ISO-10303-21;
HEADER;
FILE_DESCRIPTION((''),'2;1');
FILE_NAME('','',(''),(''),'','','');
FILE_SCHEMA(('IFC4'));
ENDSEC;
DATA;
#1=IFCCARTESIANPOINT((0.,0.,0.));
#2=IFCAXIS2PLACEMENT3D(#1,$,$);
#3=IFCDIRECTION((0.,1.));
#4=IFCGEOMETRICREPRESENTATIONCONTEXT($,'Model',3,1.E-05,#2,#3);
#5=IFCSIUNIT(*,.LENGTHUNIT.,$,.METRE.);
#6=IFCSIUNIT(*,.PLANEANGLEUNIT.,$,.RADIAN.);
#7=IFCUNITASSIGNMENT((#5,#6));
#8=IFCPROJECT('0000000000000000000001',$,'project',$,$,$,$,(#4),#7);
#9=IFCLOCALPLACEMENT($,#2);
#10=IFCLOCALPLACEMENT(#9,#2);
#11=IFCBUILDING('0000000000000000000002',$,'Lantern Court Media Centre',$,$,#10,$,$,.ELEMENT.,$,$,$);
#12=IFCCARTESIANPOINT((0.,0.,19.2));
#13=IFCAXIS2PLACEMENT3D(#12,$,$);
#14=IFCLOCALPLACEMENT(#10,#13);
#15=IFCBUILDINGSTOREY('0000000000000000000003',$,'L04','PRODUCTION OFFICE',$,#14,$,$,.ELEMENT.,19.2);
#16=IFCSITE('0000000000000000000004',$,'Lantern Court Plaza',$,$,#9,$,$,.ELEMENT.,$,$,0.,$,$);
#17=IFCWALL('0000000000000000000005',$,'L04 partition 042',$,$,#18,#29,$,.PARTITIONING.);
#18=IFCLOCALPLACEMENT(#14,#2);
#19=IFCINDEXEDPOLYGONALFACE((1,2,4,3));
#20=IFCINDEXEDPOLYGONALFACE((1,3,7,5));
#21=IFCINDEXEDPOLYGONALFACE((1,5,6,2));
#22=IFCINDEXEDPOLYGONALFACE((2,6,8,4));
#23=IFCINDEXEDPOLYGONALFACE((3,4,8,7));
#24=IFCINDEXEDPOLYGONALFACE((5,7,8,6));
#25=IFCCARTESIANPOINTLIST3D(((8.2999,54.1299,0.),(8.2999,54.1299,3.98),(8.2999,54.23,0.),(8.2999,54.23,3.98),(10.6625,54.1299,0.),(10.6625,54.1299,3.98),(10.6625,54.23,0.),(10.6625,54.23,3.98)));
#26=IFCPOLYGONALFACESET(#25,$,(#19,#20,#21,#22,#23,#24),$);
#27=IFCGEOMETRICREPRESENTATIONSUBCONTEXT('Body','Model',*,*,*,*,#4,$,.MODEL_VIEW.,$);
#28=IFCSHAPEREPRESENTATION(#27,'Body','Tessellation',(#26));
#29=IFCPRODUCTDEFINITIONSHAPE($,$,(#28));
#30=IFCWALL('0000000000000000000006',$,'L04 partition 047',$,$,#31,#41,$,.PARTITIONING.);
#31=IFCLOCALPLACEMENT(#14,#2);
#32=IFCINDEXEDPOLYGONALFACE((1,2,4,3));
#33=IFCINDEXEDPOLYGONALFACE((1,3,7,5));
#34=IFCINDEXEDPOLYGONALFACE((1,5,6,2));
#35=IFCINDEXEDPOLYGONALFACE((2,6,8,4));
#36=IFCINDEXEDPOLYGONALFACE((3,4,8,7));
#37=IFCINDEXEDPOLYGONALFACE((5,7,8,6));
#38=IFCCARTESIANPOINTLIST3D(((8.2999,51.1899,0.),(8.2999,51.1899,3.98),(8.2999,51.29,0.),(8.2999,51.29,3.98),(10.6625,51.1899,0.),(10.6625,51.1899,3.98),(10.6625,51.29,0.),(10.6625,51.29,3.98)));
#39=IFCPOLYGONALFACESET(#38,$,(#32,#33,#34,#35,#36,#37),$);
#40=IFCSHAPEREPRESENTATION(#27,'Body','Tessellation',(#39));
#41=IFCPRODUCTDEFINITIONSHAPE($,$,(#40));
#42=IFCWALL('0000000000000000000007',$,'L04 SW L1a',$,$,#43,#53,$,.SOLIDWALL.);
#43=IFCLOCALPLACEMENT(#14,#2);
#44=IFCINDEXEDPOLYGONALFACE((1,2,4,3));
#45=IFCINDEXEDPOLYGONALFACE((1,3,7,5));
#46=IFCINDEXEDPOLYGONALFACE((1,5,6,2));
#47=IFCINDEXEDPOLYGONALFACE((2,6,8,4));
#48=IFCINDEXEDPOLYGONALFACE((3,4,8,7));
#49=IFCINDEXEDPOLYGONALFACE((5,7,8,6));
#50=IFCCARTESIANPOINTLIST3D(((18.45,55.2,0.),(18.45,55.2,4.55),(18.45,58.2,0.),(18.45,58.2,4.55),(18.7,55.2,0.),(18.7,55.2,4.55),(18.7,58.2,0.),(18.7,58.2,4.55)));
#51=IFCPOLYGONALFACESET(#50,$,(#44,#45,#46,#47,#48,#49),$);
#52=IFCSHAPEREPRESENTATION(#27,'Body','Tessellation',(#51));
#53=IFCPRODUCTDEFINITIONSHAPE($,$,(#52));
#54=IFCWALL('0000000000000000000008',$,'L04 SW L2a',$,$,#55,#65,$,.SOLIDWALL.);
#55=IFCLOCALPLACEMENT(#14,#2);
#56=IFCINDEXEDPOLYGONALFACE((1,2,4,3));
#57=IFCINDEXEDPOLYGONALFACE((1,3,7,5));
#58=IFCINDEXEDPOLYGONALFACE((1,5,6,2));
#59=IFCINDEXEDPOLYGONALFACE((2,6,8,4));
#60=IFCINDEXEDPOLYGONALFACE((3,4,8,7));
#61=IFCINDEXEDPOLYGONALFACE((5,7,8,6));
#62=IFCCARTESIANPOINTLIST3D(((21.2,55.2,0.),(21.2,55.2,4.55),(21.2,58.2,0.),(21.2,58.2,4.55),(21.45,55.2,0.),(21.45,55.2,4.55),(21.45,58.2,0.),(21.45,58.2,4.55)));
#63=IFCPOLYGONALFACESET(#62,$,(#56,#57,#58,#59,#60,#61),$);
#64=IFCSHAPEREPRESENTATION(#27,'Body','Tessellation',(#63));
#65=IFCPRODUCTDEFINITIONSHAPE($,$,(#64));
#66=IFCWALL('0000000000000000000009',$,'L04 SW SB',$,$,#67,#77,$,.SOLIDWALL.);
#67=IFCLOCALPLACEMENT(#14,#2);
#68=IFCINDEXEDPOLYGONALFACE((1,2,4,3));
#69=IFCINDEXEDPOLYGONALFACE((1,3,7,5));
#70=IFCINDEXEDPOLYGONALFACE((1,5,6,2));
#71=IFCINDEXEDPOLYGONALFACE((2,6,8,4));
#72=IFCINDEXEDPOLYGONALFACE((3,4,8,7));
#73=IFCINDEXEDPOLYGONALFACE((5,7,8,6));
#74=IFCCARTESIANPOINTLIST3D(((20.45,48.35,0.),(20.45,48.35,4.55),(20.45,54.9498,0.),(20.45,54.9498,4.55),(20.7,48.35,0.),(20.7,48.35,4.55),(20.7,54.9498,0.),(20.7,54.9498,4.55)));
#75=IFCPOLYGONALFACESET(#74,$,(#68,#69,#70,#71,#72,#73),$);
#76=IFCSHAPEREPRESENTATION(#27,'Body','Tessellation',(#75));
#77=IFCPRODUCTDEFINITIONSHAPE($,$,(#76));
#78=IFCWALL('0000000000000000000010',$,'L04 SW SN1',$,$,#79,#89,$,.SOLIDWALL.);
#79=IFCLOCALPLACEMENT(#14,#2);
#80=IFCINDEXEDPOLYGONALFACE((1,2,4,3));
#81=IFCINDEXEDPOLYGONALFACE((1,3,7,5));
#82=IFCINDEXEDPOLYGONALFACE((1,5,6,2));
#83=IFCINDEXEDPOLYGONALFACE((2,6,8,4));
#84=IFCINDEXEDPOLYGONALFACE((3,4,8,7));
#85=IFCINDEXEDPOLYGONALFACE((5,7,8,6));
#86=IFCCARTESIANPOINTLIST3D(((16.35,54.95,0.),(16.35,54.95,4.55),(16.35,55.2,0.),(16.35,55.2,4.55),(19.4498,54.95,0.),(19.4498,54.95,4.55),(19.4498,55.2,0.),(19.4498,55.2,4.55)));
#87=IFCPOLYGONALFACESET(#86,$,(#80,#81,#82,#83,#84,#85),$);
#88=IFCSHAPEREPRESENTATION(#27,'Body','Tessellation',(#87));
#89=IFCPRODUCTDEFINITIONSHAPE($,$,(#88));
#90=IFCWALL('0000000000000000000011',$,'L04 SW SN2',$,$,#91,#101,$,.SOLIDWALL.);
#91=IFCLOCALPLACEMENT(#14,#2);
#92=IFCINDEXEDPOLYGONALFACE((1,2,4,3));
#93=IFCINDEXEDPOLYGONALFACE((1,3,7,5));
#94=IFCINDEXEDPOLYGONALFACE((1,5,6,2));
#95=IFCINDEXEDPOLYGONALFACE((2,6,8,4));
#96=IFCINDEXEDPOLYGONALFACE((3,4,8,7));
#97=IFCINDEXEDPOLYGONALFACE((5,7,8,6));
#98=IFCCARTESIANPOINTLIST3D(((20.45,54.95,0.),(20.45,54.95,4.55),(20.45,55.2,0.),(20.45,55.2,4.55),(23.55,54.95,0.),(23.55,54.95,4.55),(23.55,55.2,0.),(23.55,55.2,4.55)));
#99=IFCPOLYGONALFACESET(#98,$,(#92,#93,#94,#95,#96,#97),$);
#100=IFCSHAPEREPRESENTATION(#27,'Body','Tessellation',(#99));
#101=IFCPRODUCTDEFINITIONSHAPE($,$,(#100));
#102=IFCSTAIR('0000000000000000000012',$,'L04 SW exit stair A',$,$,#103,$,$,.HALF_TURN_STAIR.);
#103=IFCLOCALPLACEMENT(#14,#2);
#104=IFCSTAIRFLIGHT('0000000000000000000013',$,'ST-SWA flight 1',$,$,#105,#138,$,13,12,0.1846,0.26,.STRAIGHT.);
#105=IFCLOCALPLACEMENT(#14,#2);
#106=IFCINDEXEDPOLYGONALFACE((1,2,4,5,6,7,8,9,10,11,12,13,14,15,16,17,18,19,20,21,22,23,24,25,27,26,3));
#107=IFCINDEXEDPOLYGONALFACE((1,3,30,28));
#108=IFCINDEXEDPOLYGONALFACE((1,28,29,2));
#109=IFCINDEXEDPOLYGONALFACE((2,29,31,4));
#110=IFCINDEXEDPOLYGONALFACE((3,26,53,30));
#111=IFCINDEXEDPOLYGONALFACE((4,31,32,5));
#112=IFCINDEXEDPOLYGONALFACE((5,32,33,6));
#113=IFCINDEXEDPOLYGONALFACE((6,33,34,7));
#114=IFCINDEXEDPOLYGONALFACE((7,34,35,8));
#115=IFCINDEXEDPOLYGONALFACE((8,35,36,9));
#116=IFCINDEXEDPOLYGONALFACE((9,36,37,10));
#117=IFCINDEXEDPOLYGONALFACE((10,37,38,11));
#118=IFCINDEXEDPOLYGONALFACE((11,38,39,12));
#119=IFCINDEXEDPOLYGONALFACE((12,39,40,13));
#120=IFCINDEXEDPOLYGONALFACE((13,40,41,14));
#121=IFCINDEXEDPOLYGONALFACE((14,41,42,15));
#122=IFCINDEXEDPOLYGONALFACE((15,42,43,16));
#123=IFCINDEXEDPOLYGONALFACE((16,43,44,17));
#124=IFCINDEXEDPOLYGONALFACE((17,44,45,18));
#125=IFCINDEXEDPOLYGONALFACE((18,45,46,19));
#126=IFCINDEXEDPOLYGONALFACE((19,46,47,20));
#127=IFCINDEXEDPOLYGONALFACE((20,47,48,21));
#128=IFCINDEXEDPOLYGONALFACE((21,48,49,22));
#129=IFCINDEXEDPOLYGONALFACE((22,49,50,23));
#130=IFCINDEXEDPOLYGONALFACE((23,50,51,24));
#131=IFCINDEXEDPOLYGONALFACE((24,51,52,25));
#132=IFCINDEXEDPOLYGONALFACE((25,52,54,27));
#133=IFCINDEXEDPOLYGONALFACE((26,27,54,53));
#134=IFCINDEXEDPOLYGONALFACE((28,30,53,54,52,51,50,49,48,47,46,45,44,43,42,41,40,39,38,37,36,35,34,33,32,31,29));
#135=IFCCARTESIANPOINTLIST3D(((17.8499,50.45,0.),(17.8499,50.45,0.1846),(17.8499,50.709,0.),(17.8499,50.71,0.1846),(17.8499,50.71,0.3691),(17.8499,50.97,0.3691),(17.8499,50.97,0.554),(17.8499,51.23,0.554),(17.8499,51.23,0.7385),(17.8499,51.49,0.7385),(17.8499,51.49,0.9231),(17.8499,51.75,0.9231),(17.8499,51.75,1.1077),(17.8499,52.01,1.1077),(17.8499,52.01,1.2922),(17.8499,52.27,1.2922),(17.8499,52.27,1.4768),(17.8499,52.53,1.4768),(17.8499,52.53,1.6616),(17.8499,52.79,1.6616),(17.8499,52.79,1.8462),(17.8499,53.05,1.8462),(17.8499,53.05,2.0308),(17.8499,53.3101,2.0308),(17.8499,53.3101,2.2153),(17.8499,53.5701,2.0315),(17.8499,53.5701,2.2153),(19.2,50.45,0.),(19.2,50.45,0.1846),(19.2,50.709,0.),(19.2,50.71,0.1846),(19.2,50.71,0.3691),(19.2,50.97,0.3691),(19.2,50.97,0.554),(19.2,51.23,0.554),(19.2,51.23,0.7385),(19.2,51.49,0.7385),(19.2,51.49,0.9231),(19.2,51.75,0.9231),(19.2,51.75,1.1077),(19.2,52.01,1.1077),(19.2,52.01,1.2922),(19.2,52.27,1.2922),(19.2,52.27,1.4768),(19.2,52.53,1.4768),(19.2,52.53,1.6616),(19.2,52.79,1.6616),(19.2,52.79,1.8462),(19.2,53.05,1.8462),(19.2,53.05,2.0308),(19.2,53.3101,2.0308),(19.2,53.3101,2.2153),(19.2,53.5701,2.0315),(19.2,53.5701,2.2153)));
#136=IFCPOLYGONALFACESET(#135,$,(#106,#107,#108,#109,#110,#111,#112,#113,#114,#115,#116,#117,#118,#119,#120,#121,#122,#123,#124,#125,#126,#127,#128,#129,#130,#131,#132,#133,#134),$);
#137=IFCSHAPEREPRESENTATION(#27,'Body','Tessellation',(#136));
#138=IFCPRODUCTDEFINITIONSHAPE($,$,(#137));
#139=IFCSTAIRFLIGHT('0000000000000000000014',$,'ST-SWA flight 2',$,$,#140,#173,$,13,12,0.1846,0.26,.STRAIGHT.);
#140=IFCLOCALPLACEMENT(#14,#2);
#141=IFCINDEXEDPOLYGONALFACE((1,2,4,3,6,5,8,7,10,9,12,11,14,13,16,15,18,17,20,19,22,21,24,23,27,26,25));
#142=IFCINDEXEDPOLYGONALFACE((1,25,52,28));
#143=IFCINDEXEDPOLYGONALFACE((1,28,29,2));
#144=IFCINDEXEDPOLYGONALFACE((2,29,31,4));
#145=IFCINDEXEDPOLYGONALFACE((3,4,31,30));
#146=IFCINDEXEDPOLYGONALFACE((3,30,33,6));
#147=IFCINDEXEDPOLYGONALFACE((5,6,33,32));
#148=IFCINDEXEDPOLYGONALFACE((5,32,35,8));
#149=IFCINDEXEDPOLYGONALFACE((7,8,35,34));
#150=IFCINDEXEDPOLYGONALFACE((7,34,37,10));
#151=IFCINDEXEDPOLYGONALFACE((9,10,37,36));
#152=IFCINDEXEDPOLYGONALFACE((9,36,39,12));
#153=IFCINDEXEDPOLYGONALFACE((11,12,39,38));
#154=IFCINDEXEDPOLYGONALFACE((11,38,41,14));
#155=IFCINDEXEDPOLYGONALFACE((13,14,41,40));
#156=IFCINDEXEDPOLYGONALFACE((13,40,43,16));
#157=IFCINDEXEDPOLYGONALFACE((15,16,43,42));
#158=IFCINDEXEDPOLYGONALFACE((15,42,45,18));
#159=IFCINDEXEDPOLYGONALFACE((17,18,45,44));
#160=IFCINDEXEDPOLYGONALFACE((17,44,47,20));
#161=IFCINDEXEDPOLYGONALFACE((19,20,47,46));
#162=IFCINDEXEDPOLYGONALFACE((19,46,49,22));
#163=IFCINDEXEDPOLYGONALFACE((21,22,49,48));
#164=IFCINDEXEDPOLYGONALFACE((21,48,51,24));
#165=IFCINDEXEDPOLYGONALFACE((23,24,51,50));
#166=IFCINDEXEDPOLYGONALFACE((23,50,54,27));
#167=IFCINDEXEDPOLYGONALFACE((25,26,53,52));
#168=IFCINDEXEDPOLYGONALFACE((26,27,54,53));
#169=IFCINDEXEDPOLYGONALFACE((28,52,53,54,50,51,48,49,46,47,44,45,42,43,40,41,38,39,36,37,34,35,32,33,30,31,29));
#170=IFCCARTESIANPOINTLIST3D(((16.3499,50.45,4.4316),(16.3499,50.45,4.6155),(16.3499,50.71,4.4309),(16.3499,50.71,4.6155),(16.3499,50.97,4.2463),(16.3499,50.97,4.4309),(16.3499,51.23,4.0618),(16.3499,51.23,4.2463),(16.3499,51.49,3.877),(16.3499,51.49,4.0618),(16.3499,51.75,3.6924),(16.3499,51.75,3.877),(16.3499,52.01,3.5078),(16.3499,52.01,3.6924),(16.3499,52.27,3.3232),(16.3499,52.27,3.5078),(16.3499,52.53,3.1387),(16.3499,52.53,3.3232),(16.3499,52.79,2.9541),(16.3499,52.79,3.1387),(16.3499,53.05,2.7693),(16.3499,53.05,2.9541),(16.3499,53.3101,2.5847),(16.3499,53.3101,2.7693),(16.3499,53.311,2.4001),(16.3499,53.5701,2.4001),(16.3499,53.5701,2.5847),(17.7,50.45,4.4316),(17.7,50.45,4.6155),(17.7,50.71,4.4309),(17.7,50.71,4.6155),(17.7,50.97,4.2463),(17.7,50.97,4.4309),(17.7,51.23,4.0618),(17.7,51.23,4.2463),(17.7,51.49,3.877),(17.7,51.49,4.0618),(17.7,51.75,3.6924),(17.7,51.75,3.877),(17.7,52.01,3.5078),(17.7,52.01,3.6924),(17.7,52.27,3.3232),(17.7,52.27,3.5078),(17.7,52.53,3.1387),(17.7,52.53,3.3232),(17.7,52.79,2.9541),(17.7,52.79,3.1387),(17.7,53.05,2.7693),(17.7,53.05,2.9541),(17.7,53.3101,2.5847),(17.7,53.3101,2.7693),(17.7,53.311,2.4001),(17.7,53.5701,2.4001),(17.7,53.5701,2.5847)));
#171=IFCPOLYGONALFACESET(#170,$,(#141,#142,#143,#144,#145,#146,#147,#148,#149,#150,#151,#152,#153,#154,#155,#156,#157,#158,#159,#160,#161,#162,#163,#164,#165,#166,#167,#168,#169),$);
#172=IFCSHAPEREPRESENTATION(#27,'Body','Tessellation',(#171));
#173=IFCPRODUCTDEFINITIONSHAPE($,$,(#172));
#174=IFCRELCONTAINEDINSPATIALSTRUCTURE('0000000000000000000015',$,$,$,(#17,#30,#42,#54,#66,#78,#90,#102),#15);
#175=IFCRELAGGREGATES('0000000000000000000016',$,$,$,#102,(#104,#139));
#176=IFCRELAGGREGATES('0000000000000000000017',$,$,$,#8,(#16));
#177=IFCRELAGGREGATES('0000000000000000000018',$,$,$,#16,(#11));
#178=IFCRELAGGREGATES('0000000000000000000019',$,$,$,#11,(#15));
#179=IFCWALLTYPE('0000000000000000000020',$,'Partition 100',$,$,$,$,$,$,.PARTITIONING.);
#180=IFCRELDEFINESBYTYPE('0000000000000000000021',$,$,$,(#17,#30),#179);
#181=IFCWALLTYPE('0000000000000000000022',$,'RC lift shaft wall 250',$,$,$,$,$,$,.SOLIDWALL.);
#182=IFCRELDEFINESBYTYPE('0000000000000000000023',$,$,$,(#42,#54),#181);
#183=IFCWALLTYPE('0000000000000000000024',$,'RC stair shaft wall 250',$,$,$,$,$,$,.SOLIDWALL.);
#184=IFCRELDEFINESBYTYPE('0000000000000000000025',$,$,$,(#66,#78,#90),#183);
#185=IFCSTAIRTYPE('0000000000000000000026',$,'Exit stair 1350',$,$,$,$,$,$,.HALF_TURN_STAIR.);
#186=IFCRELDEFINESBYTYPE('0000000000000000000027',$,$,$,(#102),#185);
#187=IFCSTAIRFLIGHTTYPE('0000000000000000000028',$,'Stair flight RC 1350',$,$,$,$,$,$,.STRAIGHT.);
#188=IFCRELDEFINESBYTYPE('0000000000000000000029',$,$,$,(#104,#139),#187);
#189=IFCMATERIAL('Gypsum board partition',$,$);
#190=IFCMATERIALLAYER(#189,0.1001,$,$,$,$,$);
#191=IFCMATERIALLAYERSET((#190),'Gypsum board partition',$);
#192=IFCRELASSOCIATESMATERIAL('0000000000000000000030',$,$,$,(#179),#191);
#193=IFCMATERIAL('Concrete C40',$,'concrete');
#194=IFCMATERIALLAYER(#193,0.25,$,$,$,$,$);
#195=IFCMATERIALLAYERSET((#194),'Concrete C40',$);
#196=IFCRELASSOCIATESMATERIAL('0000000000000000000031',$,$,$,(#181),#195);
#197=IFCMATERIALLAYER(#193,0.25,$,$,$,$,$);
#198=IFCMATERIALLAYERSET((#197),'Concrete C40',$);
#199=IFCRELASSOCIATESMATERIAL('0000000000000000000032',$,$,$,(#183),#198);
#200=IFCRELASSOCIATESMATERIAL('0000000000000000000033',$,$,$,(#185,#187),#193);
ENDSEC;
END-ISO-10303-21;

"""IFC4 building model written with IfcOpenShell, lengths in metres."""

from ifc_helpers import new_model, si_unit, direction, frame, frame_2d, origin, place, context, subcontext, project, spatial, polyline, rectangle, outline, extrude, material, layer, layer_set, type_object, element, aggregate, save


model = new_model("IFC4")

# Units and contexts
model_context = context("Model", 3, precision=1e-05, world=origin(), true_north=direction((0.0, 1.0)))
body_context = subcontext(model_context, "Body", "Model", "MODEL_VIEW")
ifc_project = project(units=[si_unit("LENGTHUNIT", "METRE"), si_unit("PLANEANGLEUNIT", "RADIAN")], contexts=[model_context])

# Site, building, storey
site_placement = place(None, origin())
site = spatial("IfcSite", under=ifc_project, at=site_placement, Name="Lantern Court Plaza", CompositionType="ELEMENT", RefElevation=0.0)
building_placement = place(site_placement, origin())
building = spatial("IfcBuilding", under=site, at=building_placement, Name="Lantern Court Media Centre", CompositionType="ELEMENT")
storey_placement = place(building_placement, frame((0.0, 0.0, 19.2)))
storey = spatial("IfcBuildingStorey", under=building, at=storey_placement, Name="L04", Description="PRODUCTION OFFICE", CompositionType="ELEMENT", Elevation=19.2)

# Shared definitions
ifc_material_1 = material(Name="Gypsum board partition")

# Walls
ifc_layer_1 = layer(ifc_material_1, 0.1001)
ifc_layer_set_1 = layer_set([ifc_layer_1], Name="Gypsum board partition")
wall_type_1 = type_object("IfcWallType", Name="Partition 100", PredefinedType="PARTITIONING", material=ifc_layer_set_1)
for number, where, z_axis, x_axis, name in (
    (1, (8.3, 54.1799, 0.0), (0.0, 0.0, 1.0), (1.0, 0.0, 0.0), "L04 partition 042"),
    (2, (8.3, 51.24, 0.0), (0.0, 0.0, 1.0), (1.0, 0.0, 0.0), "L04 partition 047"),
):
    element("IfcWall", number, at=place(storey_placement, frame(where, z_axis=z_axis, x_axis=x_axis)), inside=storey, type_object=wall_type_1, Name=name, PredefinedType="PARTITIONING", context=body_context, shape_type="SweptSolid", body=[
        extrude(rectangle(XDim=2.3625, YDim=0.1001, at=frame_2d((1.1812, 0.0))), origin(), (0.0, 0.0, 1.0), 3.98),
    ])
ifc_material_2 = material(Name="Concrete C40", Category="concrete")
ifc_layer_2 = layer(ifc_material_2, 0.25)
ifc_layer_set_2 = layer_set([ifc_layer_2], Name="Concrete C40")
wall_type_2 = type_object("IfcWallType", Name="RC lift shaft wall 250", PredefinedType="SOLIDWALL", material=ifc_layer_set_2)
for number, where, z_axis, x_axis, name in (
    (3, (18.575, 55.2, 0.0), (0.0, 0.0, 1.0), (0.0, 1.0, 0.0), "L04 SW L1a"),
    (4, (21.325, 55.2, 0.0), (0.0, 0.0, 1.0), (0.0, 1.0, 0.0), "L04 SW L2a"),
):
    element("IfcWall", number, at=place(storey_placement, frame(where, z_axis=z_axis, x_axis=x_axis)), inside=storey, type_object=wall_type_2, Name=name, PredefinedType="SOLIDWALL", context=body_context, shape_type="SweptSolid", body=[
        extrude(rectangle(XDim=3.0, YDim=0.25, at=frame_2d((1.5, 0.0))), origin(), (0.0, 0.0, 1.0), 4.55),
    ])
ifc_layer_3 = layer(ifc_material_2, 0.25)
ifc_layer_set_3 = layer_set([ifc_layer_3], Name="Concrete C40")
wall_type_3 = type_object("IfcWallType", Name="RC stair shaft wall 250", PredefinedType="SOLIDWALL", material=ifc_layer_set_3)
wall_1_placement = place(storey_placement, frame((20.575, 48.3501, 0.0), z_axis=(0.0, 0.0, 1.0), x_axis=(0.0, 1.0, 0.0)))
element("IfcWall", 5, at=wall_1_placement, inside=storey, type_object=wall_type_3, Name="L04 SW SB", PredefinedType="SOLIDWALL", context=body_context, shape_type="SweptSolid", body=[
    extrude(rectangle(XDim=6.5999, YDim=0.25, at=frame_2d((3.2998, 0.0))), origin(), (0.0, 0.0, 1.0), 4.55),
])
wall_2_placement = place(storey_placement, frame((16.3501, 55.075, 0.0), z_axis=(0.0, 0.0, 1.0), x_axis=(1.0, 0.0, 0.0)))
element("IfcWall", 6, at=wall_2_placement, inside=storey, type_object=wall_type_3, Name="L04 SW SN1", PredefinedType="SOLIDWALL", context=body_context, shape_type="SweptSolid", body=[
    extrude(rectangle(XDim=3.0999, YDim=0.25, at=frame_2d((1.5498, 0.0))), origin(), (0.0, 0.0, 1.0), 4.55),
])
wall_3_placement = place(storey_placement, frame((20.45, 55.075, 0.0), z_axis=(0.0, 0.0, 1.0), x_axis=(1.0, 0.0, 0.0)))
element("IfcWall", 7, at=wall_3_placement, inside=storey, type_object=wall_type_3, Name="L04 SW SN2", PredefinedType="SOLIDWALL", context=body_context, shape_type="SweptSolid", body=[
    extrude(rectangle(XDim=3.1001, YDim=0.25, at=frame_2d((1.55, 0.0))), origin(), (0.0, 0.0, 1.0), 4.55),
])

# Stair, stair flights
stair_type = type_object("IfcStairType", Name="Exit stair 1350", PredefinedType="HALF_TURN_STAIR", material=ifc_material_2)
stair_placement = place(storey_placement, origin())
stair = element("IfcStair", 8, at=stair_placement, inside=storey, type_object=stair_type, Name="L04 SW exit stair A", PredefinedType="HALF_TURN_STAIR")
stair_flight_type = type_object("IfcStairFlightType", Name="Stair flight RC 1350", PredefinedType="STRAIGHT", material=ifc_material_2)
stair_flight_1_placement = place(storey_placement, frame((18.5249, 50.45, 0.0), z_axis=(0.0, 0.0, 1.0), x_axis=(0.0, 1.0, 0.0)))
stair_flight_1 = element("IfcStairFlight", 9, at=stair_flight_1_placement, type_object=stair_flight_type, Name="ST-SWA flight 1", NumberOfRisers=13, NumberOfTreads=12, PredefinedType="STRAIGHT", RiserHeight=0.1846, TreadLength=0.26, context=body_context, shape_type="SweptSolid", body=[
    extrude(outline(polyline([(0.0, 0.0), (0.0, 0.1846), (0.26, 0.1846), (0.26, 0.3691), (0.52, 0.3691), (0.52, 0.554), (0.78, 0.554), (0.78, 0.7385), (1.04, 0.7385), (1.04, 0.9231), (1.3, 0.9231), (1.3, 1.1077), (1.5601, 1.1077), (1.5601, 1.2922), (1.8201, 1.2922), (1.8201, 1.4768), (2.0801, 1.4768), (2.0801, 1.6616), (2.3401, 1.6616), (2.3401, 1.8462), (2.6001, 1.8462), (2.6001, 2.0308), (2.8601, 2.0308), (2.8601, 2.2153), (3.1201, 2.2153), (3.1201, 2.3999), (3.1201, 2.0315), (0.259, 0.0), (0.0, 0.0)])), frame((0.0, 0.675, 0.0), z_axis=(0.0, -1.0, 0.0), x_axis=(1.0, 0.0, 0.0)), (0.0, 0.0, 1.0), 1.3501),
])
stair_flight_2_placement = place(storey_placement, frame((17.0249, 53.5701, 2.4001), z_axis=(0.0, 0.0, 1.0), x_axis=(0.0, -1.0, 0.0)))
stair_flight_2 = element("IfcStairFlight", 10, at=stair_flight_2_placement, type_object=stair_flight_type, Name="ST-SWA flight 2", NumberOfRisers=13, NumberOfTreads=12, PredefinedType="STRAIGHT", RiserHeight=0.1846, TreadLength=0.26, context=body_context, shape_type="SweptSolid", body=[
    extrude(outline(polyline([(0.0, 0.0), (0.0, 0.1846), (0.26, 0.1846), (0.26, 0.3691), (0.52, 0.3691), (0.52, 0.554), (0.78, 0.554), (0.78, 0.7385), (1.04, 0.7385), (1.04, 0.9231), (1.3, 0.9231), (1.3, 1.1077), (1.5601, 1.1077), (1.5601, 1.2922), (1.8201, 1.2922), (1.8201, 1.4768), (2.0801, 1.4768), (2.0801, 1.6616), (2.3401, 1.6616), (2.3401, 1.8462), (2.6001, 1.8462), (2.6001, 2.0308), (2.8601, 2.0308), (2.8601, 2.2153), (3.1201, 2.2153), (3.1201, 2.3999), (3.1201, 2.0315), (0.259, 0.0), (0.0, 0.0)])), frame((0.0, 0.675, 0.0), z_axis=(0.0, -1.0, 0.0), x_axis=(1.0, 0.0, 0.0)), (0.0, 0.0, 1.0), 1.3501),
])
aggregate(stair, [stair_flight_1, stair_flight_2])

save(model, "model.ifc")
